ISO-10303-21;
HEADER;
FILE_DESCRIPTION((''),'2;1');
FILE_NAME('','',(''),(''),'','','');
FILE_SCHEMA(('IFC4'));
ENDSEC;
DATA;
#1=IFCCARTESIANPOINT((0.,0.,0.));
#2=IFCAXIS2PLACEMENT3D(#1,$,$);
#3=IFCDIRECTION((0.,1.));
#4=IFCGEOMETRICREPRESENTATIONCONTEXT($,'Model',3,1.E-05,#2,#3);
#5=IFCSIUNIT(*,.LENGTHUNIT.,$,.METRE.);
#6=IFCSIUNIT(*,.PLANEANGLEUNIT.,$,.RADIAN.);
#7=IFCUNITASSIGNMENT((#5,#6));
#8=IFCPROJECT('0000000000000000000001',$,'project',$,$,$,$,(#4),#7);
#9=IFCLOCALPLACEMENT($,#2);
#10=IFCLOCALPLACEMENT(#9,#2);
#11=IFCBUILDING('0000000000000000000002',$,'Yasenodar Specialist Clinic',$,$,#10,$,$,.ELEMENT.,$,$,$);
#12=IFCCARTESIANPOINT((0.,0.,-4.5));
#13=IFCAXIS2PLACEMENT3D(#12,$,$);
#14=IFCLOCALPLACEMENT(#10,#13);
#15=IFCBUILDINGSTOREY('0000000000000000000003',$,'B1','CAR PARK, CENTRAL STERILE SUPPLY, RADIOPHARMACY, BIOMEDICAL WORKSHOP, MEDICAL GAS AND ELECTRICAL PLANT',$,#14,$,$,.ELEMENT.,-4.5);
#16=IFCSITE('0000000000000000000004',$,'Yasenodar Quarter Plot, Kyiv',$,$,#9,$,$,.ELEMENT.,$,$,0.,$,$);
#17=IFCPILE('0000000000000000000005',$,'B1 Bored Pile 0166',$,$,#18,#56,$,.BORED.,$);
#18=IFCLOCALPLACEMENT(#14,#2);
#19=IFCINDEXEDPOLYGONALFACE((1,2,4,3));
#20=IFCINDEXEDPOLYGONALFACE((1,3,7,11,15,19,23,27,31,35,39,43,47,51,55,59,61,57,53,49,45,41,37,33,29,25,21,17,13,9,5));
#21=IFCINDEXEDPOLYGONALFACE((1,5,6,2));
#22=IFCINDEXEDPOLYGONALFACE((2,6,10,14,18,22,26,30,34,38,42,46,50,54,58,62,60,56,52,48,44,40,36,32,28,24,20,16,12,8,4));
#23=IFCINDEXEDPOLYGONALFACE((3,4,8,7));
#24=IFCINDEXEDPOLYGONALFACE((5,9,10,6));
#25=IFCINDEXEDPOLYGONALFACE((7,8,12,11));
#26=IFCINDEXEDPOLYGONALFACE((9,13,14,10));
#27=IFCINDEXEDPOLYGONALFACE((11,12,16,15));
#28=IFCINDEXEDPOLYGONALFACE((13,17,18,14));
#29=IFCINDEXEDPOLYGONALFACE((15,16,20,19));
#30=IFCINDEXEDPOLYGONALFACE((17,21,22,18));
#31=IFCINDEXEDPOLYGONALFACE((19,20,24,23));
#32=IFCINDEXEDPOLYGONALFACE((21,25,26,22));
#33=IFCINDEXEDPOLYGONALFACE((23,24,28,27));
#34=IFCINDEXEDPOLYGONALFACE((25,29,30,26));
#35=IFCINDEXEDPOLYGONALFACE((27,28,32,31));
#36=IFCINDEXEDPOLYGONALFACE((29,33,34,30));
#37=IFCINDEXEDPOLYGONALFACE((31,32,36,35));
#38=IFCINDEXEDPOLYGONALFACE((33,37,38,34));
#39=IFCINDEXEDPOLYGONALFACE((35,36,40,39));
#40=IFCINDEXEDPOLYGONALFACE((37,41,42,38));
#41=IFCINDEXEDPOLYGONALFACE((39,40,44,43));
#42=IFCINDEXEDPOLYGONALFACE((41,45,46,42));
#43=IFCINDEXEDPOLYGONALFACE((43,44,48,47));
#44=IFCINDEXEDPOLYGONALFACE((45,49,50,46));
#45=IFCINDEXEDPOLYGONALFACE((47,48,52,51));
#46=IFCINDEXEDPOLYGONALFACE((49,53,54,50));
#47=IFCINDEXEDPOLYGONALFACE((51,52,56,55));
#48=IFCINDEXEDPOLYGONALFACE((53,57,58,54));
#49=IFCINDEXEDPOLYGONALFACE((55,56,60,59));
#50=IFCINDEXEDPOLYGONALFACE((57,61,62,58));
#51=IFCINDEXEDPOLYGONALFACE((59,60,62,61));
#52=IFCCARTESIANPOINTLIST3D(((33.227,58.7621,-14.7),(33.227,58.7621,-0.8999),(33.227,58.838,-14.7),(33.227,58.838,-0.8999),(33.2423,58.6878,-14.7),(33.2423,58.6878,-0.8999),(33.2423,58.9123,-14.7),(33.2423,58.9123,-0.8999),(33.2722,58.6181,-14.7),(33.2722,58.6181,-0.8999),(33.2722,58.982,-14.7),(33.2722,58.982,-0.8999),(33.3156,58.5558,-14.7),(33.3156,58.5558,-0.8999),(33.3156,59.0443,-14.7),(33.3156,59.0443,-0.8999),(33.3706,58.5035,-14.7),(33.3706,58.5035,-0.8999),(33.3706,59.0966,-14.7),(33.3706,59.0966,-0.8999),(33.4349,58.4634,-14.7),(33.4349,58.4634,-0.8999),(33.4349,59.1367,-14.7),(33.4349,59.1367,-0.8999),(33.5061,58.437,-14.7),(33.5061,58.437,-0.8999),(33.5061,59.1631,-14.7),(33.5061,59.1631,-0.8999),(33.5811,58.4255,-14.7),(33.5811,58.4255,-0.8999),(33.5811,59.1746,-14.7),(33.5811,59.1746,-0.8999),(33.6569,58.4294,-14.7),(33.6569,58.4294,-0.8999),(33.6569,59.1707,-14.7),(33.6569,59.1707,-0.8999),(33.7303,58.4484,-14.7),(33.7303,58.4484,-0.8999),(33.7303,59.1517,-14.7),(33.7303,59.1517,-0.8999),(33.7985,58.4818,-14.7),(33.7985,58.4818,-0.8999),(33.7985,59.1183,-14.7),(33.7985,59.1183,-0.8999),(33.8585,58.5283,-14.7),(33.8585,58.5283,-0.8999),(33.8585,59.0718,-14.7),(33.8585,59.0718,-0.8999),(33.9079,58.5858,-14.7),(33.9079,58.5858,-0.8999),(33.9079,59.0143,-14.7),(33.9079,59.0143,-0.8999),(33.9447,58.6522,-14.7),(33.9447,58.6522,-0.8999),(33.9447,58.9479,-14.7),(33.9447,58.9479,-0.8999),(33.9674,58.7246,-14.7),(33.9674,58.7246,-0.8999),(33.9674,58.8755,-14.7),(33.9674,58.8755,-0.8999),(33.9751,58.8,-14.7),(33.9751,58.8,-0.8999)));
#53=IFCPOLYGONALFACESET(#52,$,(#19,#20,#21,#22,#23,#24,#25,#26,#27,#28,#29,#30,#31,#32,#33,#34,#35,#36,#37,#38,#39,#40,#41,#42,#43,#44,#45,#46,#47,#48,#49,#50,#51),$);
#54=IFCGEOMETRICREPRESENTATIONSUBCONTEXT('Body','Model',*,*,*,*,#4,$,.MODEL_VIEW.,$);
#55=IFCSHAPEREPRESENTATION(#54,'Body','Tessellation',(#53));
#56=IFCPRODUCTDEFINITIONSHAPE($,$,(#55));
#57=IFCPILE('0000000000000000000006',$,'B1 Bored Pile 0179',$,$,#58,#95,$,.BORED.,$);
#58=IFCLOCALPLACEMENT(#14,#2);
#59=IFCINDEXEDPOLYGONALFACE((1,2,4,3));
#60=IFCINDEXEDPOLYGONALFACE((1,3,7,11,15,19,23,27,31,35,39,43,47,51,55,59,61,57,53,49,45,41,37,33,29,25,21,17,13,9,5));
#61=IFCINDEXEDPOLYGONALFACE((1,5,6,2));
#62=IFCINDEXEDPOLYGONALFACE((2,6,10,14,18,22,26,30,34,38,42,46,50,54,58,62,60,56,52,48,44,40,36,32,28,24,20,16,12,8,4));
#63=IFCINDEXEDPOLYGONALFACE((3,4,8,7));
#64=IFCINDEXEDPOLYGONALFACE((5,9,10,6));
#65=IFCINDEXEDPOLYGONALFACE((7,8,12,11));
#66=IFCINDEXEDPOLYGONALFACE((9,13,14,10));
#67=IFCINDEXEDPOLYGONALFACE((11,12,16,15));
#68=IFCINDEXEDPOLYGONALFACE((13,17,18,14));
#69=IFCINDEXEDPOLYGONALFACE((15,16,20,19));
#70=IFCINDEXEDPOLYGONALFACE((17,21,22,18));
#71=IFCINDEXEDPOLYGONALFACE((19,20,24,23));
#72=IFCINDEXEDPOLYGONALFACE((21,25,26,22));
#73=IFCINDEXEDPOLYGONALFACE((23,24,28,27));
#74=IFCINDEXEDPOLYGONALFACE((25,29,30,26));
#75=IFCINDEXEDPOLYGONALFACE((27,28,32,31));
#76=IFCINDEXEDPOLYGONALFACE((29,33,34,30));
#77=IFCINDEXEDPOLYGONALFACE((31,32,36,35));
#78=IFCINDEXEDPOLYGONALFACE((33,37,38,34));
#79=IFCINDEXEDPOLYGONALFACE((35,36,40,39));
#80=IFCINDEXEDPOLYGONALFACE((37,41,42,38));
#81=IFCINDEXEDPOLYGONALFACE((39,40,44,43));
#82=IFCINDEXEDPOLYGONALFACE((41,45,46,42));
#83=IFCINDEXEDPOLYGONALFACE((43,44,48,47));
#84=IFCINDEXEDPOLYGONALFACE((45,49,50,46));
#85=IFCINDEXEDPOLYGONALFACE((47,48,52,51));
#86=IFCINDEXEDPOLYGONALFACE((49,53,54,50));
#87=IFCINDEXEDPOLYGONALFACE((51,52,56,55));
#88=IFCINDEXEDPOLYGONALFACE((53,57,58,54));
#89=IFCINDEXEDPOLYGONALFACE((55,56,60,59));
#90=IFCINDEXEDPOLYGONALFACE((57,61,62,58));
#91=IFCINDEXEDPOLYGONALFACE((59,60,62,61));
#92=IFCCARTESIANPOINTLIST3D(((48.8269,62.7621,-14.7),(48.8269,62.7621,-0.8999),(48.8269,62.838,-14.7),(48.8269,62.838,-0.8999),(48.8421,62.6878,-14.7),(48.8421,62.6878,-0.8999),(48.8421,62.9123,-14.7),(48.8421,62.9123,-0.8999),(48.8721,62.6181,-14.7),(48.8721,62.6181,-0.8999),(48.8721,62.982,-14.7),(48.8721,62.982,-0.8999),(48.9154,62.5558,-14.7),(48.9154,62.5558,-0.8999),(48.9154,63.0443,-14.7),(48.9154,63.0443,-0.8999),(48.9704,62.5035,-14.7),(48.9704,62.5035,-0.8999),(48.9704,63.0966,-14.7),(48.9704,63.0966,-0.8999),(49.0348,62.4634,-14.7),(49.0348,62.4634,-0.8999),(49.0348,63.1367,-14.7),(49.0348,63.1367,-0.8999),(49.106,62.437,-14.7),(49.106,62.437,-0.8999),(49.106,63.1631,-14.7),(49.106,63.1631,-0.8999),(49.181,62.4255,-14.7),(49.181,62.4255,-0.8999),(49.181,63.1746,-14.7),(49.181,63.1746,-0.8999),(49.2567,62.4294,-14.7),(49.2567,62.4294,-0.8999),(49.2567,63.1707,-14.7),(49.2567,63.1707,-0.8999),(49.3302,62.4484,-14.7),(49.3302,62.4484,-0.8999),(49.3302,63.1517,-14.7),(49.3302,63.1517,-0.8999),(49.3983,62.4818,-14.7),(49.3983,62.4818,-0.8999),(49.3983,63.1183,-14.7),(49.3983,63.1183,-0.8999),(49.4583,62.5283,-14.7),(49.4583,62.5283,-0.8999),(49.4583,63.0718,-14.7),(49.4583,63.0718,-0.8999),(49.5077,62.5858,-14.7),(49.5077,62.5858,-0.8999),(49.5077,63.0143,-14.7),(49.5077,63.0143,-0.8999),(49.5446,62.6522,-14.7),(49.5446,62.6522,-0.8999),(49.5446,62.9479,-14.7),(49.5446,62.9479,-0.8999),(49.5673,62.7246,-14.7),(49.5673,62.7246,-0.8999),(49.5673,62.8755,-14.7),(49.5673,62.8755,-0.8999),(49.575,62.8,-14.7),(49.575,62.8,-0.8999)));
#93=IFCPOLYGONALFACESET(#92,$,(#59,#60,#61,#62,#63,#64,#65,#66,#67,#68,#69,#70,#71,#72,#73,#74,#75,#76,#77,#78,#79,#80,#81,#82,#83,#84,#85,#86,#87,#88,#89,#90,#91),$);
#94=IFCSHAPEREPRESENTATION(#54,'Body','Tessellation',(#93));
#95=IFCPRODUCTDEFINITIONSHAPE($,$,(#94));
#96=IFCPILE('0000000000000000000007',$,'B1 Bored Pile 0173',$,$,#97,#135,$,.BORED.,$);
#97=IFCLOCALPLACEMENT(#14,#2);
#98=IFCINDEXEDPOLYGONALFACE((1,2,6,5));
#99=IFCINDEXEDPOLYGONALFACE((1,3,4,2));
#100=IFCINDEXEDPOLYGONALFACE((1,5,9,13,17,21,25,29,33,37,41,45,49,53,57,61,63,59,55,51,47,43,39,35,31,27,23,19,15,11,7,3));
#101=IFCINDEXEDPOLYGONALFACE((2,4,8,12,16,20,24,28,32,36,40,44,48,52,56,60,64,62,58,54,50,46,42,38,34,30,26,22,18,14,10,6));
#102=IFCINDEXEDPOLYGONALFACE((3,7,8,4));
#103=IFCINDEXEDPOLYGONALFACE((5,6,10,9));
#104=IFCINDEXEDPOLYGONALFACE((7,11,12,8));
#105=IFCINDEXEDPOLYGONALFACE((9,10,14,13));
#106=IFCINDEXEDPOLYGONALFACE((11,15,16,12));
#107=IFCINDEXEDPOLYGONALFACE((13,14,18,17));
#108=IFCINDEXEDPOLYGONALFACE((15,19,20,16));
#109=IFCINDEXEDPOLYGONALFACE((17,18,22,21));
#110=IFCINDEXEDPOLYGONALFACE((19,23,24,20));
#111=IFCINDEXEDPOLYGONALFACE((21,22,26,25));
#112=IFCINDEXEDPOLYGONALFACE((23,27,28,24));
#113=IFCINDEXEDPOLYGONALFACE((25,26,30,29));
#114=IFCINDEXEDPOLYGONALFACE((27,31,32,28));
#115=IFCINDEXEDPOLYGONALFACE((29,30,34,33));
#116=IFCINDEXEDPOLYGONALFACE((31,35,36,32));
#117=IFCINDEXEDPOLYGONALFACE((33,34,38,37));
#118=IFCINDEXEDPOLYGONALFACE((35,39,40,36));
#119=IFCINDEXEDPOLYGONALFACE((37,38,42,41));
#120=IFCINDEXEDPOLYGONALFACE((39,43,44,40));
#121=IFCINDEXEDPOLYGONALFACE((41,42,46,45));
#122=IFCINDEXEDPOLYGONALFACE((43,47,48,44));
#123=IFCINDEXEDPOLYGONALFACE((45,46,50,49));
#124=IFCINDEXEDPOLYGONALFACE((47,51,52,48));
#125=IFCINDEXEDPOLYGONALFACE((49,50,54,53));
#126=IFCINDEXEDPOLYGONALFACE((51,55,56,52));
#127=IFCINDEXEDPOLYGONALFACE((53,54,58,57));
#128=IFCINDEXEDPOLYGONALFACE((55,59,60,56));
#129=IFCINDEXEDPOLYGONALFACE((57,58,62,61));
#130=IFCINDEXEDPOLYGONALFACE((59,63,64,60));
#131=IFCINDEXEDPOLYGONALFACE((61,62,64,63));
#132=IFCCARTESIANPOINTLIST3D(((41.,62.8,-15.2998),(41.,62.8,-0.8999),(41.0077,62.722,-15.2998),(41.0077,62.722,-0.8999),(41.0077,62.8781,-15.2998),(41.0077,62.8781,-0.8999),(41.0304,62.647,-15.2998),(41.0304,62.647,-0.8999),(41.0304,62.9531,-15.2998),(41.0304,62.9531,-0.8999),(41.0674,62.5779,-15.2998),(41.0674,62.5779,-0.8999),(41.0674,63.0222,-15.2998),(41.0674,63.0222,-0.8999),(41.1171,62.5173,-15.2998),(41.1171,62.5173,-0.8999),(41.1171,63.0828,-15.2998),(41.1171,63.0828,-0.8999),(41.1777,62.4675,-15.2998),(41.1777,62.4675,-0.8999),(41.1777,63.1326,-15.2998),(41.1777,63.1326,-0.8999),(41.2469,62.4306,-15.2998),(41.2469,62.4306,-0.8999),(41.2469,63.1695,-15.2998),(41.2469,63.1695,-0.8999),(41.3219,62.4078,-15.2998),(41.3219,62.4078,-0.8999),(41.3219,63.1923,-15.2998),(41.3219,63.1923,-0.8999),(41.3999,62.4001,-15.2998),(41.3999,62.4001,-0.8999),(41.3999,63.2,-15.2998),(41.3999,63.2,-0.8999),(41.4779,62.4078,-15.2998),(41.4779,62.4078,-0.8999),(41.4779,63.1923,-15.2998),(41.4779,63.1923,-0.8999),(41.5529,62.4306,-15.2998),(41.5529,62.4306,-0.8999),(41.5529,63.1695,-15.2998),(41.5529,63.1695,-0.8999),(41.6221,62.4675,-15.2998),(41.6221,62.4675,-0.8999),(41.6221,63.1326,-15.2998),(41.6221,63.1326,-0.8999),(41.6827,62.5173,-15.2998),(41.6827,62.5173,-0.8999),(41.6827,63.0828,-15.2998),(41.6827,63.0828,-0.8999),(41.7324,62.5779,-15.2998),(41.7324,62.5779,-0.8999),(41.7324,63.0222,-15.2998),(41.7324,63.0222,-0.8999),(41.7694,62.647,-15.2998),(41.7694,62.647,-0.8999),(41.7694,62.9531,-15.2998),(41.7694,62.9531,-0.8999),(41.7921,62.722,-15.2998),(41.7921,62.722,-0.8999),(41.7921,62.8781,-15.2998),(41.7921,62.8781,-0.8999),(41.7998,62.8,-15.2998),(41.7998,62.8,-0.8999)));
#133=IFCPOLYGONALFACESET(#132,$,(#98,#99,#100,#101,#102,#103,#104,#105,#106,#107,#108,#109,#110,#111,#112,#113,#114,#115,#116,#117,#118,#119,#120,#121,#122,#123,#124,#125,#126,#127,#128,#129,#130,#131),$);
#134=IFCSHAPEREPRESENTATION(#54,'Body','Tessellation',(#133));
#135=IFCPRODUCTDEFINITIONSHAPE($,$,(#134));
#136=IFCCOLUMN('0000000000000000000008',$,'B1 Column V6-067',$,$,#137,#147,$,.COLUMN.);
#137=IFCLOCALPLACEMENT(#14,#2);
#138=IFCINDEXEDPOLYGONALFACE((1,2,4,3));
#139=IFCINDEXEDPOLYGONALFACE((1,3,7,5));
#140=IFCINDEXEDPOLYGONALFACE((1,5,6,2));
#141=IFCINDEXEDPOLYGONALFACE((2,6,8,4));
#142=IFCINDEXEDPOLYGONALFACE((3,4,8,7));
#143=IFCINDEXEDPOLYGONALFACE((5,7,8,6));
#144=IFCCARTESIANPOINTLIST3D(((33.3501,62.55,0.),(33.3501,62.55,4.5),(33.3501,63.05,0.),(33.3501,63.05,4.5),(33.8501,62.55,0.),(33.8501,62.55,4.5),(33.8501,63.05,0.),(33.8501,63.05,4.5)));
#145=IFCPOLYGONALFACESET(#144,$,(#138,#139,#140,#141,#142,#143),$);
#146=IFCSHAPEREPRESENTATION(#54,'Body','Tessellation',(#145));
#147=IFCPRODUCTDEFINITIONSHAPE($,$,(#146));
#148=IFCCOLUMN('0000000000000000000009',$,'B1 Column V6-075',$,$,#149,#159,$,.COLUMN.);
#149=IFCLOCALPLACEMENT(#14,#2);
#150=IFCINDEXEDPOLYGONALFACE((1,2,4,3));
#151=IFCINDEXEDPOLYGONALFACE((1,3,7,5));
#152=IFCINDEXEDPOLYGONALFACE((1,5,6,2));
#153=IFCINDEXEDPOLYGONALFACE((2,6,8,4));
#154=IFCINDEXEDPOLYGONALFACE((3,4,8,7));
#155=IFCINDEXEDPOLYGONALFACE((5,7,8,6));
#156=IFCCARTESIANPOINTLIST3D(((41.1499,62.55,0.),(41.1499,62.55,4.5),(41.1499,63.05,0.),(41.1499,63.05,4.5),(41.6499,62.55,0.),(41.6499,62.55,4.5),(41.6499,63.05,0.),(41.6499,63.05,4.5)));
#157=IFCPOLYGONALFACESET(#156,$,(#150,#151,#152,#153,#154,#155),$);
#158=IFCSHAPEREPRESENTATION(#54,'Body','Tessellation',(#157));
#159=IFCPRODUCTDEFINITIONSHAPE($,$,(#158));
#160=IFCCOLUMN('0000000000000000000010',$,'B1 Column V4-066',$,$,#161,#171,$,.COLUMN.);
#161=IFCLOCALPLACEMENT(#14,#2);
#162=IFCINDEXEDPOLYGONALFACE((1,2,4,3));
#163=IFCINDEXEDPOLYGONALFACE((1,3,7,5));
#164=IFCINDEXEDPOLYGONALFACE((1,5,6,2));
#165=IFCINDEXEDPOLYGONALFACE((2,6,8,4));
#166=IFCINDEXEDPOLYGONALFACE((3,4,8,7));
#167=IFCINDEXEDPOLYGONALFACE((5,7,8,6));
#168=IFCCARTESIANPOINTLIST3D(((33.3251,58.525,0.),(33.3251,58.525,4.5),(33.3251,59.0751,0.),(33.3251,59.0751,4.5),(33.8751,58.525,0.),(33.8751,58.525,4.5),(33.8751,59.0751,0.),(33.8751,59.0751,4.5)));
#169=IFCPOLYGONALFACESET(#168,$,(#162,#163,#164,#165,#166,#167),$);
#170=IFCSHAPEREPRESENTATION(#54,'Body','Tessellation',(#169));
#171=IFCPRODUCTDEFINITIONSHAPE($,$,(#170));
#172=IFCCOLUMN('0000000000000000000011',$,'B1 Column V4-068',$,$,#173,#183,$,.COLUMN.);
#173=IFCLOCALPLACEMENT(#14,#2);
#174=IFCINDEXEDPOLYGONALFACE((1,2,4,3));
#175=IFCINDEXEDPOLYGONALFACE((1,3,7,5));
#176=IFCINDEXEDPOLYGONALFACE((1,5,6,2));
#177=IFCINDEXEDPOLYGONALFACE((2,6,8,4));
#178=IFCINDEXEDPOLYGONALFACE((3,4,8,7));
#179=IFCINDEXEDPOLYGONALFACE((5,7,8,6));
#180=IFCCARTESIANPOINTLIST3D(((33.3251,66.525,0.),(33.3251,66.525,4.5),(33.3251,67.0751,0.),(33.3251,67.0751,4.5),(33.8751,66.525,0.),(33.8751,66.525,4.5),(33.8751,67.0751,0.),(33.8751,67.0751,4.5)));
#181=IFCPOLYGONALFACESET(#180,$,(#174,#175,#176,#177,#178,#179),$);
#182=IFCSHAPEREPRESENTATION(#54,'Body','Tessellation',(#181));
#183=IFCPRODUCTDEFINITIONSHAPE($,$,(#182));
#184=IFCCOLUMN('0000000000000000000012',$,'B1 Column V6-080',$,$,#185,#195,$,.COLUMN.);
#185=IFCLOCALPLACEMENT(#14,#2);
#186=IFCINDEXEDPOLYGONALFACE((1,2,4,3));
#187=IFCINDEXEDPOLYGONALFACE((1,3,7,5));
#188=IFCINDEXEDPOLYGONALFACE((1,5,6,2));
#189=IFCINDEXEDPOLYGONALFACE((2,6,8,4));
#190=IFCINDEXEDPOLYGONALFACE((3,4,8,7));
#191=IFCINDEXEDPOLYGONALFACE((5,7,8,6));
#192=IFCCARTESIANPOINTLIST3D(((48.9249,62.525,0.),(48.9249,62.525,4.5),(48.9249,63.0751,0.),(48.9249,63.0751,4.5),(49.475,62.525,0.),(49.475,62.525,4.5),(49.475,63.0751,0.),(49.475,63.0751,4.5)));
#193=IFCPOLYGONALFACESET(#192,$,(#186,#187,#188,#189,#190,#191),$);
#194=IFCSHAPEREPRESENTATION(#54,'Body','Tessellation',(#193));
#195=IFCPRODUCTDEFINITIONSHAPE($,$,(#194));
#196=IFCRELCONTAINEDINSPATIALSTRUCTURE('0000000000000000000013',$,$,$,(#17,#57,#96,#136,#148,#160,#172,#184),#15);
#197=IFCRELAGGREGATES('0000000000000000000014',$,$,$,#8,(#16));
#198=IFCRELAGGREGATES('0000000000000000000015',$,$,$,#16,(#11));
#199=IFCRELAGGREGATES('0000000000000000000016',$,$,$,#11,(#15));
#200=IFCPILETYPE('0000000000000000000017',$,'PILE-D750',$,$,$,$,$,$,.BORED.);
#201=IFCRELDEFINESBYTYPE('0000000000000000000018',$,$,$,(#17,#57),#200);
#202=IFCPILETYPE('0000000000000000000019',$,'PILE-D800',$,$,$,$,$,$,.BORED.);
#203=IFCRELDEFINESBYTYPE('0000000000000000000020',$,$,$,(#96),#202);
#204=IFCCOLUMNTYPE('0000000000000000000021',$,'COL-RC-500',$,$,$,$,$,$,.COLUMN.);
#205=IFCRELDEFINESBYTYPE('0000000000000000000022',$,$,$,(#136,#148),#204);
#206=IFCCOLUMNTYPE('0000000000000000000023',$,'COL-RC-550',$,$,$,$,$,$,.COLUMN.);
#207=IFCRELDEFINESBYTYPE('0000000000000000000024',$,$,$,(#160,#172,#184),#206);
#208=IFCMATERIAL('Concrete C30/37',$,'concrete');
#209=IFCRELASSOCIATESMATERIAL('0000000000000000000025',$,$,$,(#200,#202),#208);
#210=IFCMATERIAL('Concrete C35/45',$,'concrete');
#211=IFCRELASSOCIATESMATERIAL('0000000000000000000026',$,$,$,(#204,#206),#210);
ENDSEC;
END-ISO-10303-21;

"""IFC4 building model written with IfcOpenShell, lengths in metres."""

from ifc_helpers import new_model, si_unit, direction, frame, origin, origin_2d, place, context, subcontext, project, spatial, rectangle, circle, extrude, material, material_profile, profile_set, type_object, element, save


model = new_model("IFC4")

# Units and contexts
model_context = context("Model", 3, precision=1e-05, world=origin(), true_north=direction((0.0, 1.0)))
body_context = subcontext(model_context, "Body", "Model", "MODEL_VIEW")
ifc_project = project(units=[si_unit("LENGTHUNIT", "METRE"), si_unit("PLANEANGLEUNIT", "RADIAN")], contexts=[model_context])

# Site, building, storey
site_placement = place(None, origin())
site = spatial("IfcSite", under=ifc_project, at=site_placement, Name="Yasenodar Quarter Plot, Kyiv", CompositionType="ELEMENT", RefElevation=0.0)
building_placement = place(site_placement, origin())
building = spatial("IfcBuilding", under=site, at=building_placement, Name="Yasenodar Specialist Clinic", CompositionType="ELEMENT")
storey_placement = place(building_placement, frame((0.0, 0.0, -4.5)))
storey = spatial("IfcBuildingStorey", under=building, at=storey_placement, Name="B1", Description="CAR PARK, CENTRAL STERILE SUPPLY, RADIOPHARMACY, BIOMEDICAL WORKSHOP, MEDICAL GAS AND ELECTRICAL PLANT", CompositionType="ELEMENT", Elevation=-4.5)

# Shared definitions
ifc_material_1 = material(Name="Concrete C35/45", Category="concrete")

# Piles
ifc_material_2 = material(Name="Concrete C30/37", Category="concrete")
ifc_material_profile_1 = material_profile(ifc_material_2, circle(Radius=0.375, at=origin_2d()), Name="PILE D750")
ifc_profile_set_1 = profile_set([ifc_material_profile_1], Name="Concrete C30/37")
pile_type_1 = type_object("IfcPileType", Name="PILE-D750", PredefinedType="BORED", material=ifc_profile_set_1)
for number, where, z_axis, x_axis, name in (
    (1, (33.6001, 58.8, -0.8999), (0.0, 0.0, -1.0), (1.0, 0.0, 0.0), "B1 Bored Pile 0166"),
    (2, (49.2, 62.8, -0.8999), (0.0, 0.0, -1.0), (1.0, 0.0, 0.0), "B1 Bored Pile 0179"),
):
    element("IfcPile", number, at=place(storey_placement, frame(where, z_axis=z_axis, x_axis=x_axis)), inside=storey, type_object=pile_type_1, Name=name, PredefinedType="BORED", context=body_context, shape_type="SweptSolid", body=[
        extrude(circle(Radius=0.375, at=origin_2d()), origin(), (0.0, 0.0, 1.0), 13.8),
    ])
ifc_material_profile_2 = material_profile(ifc_material_2, circle(Radius=0.3999, at=origin_2d()), Name="PILE D800")
ifc_profile_set_2 = profile_set([ifc_material_profile_2], Name="Concrete C30/37")
pile_type_2 = type_object("IfcPileType", Name="PILE-D800", PredefinedType="BORED", material=ifc_profile_set_2)
pile_placement = place(storey_placement, frame((41.3999, 62.8, -0.8999), z_axis=(0.0, 0.0, -1.0), x_axis=(1.0, 0.0, 0.0)))
element("IfcPile", 3, at=pile_placement, inside=storey, type_object=pile_type_2, Name="B1 Bored Pile 0173", PredefinedType="BORED", context=body_context, shape_type="SweptSolid", body=[
    extrude(circle(Radius=0.3999, at=origin_2d()), origin(), (0.0, 0.0, 1.0), 14.3999),
])

# Columns
ifc_material_profile_3 = material_profile(ifc_material_1, rectangle(XDim=0.5, YDim=0.5, at=origin_2d()), Name="RC 500x500")
ifc_profile_set_3 = profile_set([ifc_material_profile_3], Name="Concrete C35/45")
column_type_1 = type_object("IfcColumnType", Name="COL-RC-500", PredefinedType="COLUMN", material=ifc_profile_set_3)
for number, where, z_axis, x_axis, name in (
    (4, (33.6001, 62.8, 0.0), (0.0, 0.0, 1.0), (1.0, 0.0, 0.0), "B1 Column V6-067"),
    (5, (41.3999, 62.8, 0.0), (0.0, 0.0, 1.0), (1.0, 0.0, 0.0), "B1 Column V6-075"),
):
    element("IfcColumn", number, at=place(storey_placement, frame(where, z_axis=z_axis, x_axis=x_axis)), inside=storey, type_object=column_type_1, Name=name, PredefinedType="COLUMN", context=body_context, shape_type="SweptSolid", body=[
        extrude(rectangle(XDim=0.5, YDim=0.5, at=origin_2d()), origin(), (0.0, 0.0, 1.0), 4.5),
    ])
ifc_material_profile_4 = material_profile(ifc_material_1, rectangle(XDim=0.55, YDim=0.55, at=origin_2d()), Name="RC 550x550")
ifc_profile_set_4 = profile_set([ifc_material_profile_4], Name="Concrete C35/45")
column_type_2 = type_object("IfcColumnType", Name="COL-RC-550", PredefinedType="COLUMN", material=ifc_profile_set_4)
for number, where, z_axis, x_axis, name in (
    (6, (33.6001, 58.8, 0.0), (0.0, 0.0, 1.0), (1.0, 0.0, 0.0), "B1 Column V4-066"),
    (7, (33.6001, 66.8, 0.0), (0.0, 0.0, 1.0), (1.0, 0.0, 0.0), "B1 Column V4-068"),
    (8, (49.2, 62.8, 0.0), (0.0, 0.0, 1.0), (1.0, 0.0, 0.0), "B1 Column V6-080"),
):
    element("IfcColumn", number, at=place(storey_placement, frame(where, z_axis=z_axis, x_axis=x_axis)), inside=storey, type_object=column_type_2, Name=name, PredefinedType="COLUMN", context=body_context, shape_type="SweptSolid", body=[
        extrude(rectangle(XDim=0.55, YDim=0.55, at=origin_2d()), origin(), (0.0, 0.0, 1.0), 4.5),
    ])

save(model, "model.ifc")
